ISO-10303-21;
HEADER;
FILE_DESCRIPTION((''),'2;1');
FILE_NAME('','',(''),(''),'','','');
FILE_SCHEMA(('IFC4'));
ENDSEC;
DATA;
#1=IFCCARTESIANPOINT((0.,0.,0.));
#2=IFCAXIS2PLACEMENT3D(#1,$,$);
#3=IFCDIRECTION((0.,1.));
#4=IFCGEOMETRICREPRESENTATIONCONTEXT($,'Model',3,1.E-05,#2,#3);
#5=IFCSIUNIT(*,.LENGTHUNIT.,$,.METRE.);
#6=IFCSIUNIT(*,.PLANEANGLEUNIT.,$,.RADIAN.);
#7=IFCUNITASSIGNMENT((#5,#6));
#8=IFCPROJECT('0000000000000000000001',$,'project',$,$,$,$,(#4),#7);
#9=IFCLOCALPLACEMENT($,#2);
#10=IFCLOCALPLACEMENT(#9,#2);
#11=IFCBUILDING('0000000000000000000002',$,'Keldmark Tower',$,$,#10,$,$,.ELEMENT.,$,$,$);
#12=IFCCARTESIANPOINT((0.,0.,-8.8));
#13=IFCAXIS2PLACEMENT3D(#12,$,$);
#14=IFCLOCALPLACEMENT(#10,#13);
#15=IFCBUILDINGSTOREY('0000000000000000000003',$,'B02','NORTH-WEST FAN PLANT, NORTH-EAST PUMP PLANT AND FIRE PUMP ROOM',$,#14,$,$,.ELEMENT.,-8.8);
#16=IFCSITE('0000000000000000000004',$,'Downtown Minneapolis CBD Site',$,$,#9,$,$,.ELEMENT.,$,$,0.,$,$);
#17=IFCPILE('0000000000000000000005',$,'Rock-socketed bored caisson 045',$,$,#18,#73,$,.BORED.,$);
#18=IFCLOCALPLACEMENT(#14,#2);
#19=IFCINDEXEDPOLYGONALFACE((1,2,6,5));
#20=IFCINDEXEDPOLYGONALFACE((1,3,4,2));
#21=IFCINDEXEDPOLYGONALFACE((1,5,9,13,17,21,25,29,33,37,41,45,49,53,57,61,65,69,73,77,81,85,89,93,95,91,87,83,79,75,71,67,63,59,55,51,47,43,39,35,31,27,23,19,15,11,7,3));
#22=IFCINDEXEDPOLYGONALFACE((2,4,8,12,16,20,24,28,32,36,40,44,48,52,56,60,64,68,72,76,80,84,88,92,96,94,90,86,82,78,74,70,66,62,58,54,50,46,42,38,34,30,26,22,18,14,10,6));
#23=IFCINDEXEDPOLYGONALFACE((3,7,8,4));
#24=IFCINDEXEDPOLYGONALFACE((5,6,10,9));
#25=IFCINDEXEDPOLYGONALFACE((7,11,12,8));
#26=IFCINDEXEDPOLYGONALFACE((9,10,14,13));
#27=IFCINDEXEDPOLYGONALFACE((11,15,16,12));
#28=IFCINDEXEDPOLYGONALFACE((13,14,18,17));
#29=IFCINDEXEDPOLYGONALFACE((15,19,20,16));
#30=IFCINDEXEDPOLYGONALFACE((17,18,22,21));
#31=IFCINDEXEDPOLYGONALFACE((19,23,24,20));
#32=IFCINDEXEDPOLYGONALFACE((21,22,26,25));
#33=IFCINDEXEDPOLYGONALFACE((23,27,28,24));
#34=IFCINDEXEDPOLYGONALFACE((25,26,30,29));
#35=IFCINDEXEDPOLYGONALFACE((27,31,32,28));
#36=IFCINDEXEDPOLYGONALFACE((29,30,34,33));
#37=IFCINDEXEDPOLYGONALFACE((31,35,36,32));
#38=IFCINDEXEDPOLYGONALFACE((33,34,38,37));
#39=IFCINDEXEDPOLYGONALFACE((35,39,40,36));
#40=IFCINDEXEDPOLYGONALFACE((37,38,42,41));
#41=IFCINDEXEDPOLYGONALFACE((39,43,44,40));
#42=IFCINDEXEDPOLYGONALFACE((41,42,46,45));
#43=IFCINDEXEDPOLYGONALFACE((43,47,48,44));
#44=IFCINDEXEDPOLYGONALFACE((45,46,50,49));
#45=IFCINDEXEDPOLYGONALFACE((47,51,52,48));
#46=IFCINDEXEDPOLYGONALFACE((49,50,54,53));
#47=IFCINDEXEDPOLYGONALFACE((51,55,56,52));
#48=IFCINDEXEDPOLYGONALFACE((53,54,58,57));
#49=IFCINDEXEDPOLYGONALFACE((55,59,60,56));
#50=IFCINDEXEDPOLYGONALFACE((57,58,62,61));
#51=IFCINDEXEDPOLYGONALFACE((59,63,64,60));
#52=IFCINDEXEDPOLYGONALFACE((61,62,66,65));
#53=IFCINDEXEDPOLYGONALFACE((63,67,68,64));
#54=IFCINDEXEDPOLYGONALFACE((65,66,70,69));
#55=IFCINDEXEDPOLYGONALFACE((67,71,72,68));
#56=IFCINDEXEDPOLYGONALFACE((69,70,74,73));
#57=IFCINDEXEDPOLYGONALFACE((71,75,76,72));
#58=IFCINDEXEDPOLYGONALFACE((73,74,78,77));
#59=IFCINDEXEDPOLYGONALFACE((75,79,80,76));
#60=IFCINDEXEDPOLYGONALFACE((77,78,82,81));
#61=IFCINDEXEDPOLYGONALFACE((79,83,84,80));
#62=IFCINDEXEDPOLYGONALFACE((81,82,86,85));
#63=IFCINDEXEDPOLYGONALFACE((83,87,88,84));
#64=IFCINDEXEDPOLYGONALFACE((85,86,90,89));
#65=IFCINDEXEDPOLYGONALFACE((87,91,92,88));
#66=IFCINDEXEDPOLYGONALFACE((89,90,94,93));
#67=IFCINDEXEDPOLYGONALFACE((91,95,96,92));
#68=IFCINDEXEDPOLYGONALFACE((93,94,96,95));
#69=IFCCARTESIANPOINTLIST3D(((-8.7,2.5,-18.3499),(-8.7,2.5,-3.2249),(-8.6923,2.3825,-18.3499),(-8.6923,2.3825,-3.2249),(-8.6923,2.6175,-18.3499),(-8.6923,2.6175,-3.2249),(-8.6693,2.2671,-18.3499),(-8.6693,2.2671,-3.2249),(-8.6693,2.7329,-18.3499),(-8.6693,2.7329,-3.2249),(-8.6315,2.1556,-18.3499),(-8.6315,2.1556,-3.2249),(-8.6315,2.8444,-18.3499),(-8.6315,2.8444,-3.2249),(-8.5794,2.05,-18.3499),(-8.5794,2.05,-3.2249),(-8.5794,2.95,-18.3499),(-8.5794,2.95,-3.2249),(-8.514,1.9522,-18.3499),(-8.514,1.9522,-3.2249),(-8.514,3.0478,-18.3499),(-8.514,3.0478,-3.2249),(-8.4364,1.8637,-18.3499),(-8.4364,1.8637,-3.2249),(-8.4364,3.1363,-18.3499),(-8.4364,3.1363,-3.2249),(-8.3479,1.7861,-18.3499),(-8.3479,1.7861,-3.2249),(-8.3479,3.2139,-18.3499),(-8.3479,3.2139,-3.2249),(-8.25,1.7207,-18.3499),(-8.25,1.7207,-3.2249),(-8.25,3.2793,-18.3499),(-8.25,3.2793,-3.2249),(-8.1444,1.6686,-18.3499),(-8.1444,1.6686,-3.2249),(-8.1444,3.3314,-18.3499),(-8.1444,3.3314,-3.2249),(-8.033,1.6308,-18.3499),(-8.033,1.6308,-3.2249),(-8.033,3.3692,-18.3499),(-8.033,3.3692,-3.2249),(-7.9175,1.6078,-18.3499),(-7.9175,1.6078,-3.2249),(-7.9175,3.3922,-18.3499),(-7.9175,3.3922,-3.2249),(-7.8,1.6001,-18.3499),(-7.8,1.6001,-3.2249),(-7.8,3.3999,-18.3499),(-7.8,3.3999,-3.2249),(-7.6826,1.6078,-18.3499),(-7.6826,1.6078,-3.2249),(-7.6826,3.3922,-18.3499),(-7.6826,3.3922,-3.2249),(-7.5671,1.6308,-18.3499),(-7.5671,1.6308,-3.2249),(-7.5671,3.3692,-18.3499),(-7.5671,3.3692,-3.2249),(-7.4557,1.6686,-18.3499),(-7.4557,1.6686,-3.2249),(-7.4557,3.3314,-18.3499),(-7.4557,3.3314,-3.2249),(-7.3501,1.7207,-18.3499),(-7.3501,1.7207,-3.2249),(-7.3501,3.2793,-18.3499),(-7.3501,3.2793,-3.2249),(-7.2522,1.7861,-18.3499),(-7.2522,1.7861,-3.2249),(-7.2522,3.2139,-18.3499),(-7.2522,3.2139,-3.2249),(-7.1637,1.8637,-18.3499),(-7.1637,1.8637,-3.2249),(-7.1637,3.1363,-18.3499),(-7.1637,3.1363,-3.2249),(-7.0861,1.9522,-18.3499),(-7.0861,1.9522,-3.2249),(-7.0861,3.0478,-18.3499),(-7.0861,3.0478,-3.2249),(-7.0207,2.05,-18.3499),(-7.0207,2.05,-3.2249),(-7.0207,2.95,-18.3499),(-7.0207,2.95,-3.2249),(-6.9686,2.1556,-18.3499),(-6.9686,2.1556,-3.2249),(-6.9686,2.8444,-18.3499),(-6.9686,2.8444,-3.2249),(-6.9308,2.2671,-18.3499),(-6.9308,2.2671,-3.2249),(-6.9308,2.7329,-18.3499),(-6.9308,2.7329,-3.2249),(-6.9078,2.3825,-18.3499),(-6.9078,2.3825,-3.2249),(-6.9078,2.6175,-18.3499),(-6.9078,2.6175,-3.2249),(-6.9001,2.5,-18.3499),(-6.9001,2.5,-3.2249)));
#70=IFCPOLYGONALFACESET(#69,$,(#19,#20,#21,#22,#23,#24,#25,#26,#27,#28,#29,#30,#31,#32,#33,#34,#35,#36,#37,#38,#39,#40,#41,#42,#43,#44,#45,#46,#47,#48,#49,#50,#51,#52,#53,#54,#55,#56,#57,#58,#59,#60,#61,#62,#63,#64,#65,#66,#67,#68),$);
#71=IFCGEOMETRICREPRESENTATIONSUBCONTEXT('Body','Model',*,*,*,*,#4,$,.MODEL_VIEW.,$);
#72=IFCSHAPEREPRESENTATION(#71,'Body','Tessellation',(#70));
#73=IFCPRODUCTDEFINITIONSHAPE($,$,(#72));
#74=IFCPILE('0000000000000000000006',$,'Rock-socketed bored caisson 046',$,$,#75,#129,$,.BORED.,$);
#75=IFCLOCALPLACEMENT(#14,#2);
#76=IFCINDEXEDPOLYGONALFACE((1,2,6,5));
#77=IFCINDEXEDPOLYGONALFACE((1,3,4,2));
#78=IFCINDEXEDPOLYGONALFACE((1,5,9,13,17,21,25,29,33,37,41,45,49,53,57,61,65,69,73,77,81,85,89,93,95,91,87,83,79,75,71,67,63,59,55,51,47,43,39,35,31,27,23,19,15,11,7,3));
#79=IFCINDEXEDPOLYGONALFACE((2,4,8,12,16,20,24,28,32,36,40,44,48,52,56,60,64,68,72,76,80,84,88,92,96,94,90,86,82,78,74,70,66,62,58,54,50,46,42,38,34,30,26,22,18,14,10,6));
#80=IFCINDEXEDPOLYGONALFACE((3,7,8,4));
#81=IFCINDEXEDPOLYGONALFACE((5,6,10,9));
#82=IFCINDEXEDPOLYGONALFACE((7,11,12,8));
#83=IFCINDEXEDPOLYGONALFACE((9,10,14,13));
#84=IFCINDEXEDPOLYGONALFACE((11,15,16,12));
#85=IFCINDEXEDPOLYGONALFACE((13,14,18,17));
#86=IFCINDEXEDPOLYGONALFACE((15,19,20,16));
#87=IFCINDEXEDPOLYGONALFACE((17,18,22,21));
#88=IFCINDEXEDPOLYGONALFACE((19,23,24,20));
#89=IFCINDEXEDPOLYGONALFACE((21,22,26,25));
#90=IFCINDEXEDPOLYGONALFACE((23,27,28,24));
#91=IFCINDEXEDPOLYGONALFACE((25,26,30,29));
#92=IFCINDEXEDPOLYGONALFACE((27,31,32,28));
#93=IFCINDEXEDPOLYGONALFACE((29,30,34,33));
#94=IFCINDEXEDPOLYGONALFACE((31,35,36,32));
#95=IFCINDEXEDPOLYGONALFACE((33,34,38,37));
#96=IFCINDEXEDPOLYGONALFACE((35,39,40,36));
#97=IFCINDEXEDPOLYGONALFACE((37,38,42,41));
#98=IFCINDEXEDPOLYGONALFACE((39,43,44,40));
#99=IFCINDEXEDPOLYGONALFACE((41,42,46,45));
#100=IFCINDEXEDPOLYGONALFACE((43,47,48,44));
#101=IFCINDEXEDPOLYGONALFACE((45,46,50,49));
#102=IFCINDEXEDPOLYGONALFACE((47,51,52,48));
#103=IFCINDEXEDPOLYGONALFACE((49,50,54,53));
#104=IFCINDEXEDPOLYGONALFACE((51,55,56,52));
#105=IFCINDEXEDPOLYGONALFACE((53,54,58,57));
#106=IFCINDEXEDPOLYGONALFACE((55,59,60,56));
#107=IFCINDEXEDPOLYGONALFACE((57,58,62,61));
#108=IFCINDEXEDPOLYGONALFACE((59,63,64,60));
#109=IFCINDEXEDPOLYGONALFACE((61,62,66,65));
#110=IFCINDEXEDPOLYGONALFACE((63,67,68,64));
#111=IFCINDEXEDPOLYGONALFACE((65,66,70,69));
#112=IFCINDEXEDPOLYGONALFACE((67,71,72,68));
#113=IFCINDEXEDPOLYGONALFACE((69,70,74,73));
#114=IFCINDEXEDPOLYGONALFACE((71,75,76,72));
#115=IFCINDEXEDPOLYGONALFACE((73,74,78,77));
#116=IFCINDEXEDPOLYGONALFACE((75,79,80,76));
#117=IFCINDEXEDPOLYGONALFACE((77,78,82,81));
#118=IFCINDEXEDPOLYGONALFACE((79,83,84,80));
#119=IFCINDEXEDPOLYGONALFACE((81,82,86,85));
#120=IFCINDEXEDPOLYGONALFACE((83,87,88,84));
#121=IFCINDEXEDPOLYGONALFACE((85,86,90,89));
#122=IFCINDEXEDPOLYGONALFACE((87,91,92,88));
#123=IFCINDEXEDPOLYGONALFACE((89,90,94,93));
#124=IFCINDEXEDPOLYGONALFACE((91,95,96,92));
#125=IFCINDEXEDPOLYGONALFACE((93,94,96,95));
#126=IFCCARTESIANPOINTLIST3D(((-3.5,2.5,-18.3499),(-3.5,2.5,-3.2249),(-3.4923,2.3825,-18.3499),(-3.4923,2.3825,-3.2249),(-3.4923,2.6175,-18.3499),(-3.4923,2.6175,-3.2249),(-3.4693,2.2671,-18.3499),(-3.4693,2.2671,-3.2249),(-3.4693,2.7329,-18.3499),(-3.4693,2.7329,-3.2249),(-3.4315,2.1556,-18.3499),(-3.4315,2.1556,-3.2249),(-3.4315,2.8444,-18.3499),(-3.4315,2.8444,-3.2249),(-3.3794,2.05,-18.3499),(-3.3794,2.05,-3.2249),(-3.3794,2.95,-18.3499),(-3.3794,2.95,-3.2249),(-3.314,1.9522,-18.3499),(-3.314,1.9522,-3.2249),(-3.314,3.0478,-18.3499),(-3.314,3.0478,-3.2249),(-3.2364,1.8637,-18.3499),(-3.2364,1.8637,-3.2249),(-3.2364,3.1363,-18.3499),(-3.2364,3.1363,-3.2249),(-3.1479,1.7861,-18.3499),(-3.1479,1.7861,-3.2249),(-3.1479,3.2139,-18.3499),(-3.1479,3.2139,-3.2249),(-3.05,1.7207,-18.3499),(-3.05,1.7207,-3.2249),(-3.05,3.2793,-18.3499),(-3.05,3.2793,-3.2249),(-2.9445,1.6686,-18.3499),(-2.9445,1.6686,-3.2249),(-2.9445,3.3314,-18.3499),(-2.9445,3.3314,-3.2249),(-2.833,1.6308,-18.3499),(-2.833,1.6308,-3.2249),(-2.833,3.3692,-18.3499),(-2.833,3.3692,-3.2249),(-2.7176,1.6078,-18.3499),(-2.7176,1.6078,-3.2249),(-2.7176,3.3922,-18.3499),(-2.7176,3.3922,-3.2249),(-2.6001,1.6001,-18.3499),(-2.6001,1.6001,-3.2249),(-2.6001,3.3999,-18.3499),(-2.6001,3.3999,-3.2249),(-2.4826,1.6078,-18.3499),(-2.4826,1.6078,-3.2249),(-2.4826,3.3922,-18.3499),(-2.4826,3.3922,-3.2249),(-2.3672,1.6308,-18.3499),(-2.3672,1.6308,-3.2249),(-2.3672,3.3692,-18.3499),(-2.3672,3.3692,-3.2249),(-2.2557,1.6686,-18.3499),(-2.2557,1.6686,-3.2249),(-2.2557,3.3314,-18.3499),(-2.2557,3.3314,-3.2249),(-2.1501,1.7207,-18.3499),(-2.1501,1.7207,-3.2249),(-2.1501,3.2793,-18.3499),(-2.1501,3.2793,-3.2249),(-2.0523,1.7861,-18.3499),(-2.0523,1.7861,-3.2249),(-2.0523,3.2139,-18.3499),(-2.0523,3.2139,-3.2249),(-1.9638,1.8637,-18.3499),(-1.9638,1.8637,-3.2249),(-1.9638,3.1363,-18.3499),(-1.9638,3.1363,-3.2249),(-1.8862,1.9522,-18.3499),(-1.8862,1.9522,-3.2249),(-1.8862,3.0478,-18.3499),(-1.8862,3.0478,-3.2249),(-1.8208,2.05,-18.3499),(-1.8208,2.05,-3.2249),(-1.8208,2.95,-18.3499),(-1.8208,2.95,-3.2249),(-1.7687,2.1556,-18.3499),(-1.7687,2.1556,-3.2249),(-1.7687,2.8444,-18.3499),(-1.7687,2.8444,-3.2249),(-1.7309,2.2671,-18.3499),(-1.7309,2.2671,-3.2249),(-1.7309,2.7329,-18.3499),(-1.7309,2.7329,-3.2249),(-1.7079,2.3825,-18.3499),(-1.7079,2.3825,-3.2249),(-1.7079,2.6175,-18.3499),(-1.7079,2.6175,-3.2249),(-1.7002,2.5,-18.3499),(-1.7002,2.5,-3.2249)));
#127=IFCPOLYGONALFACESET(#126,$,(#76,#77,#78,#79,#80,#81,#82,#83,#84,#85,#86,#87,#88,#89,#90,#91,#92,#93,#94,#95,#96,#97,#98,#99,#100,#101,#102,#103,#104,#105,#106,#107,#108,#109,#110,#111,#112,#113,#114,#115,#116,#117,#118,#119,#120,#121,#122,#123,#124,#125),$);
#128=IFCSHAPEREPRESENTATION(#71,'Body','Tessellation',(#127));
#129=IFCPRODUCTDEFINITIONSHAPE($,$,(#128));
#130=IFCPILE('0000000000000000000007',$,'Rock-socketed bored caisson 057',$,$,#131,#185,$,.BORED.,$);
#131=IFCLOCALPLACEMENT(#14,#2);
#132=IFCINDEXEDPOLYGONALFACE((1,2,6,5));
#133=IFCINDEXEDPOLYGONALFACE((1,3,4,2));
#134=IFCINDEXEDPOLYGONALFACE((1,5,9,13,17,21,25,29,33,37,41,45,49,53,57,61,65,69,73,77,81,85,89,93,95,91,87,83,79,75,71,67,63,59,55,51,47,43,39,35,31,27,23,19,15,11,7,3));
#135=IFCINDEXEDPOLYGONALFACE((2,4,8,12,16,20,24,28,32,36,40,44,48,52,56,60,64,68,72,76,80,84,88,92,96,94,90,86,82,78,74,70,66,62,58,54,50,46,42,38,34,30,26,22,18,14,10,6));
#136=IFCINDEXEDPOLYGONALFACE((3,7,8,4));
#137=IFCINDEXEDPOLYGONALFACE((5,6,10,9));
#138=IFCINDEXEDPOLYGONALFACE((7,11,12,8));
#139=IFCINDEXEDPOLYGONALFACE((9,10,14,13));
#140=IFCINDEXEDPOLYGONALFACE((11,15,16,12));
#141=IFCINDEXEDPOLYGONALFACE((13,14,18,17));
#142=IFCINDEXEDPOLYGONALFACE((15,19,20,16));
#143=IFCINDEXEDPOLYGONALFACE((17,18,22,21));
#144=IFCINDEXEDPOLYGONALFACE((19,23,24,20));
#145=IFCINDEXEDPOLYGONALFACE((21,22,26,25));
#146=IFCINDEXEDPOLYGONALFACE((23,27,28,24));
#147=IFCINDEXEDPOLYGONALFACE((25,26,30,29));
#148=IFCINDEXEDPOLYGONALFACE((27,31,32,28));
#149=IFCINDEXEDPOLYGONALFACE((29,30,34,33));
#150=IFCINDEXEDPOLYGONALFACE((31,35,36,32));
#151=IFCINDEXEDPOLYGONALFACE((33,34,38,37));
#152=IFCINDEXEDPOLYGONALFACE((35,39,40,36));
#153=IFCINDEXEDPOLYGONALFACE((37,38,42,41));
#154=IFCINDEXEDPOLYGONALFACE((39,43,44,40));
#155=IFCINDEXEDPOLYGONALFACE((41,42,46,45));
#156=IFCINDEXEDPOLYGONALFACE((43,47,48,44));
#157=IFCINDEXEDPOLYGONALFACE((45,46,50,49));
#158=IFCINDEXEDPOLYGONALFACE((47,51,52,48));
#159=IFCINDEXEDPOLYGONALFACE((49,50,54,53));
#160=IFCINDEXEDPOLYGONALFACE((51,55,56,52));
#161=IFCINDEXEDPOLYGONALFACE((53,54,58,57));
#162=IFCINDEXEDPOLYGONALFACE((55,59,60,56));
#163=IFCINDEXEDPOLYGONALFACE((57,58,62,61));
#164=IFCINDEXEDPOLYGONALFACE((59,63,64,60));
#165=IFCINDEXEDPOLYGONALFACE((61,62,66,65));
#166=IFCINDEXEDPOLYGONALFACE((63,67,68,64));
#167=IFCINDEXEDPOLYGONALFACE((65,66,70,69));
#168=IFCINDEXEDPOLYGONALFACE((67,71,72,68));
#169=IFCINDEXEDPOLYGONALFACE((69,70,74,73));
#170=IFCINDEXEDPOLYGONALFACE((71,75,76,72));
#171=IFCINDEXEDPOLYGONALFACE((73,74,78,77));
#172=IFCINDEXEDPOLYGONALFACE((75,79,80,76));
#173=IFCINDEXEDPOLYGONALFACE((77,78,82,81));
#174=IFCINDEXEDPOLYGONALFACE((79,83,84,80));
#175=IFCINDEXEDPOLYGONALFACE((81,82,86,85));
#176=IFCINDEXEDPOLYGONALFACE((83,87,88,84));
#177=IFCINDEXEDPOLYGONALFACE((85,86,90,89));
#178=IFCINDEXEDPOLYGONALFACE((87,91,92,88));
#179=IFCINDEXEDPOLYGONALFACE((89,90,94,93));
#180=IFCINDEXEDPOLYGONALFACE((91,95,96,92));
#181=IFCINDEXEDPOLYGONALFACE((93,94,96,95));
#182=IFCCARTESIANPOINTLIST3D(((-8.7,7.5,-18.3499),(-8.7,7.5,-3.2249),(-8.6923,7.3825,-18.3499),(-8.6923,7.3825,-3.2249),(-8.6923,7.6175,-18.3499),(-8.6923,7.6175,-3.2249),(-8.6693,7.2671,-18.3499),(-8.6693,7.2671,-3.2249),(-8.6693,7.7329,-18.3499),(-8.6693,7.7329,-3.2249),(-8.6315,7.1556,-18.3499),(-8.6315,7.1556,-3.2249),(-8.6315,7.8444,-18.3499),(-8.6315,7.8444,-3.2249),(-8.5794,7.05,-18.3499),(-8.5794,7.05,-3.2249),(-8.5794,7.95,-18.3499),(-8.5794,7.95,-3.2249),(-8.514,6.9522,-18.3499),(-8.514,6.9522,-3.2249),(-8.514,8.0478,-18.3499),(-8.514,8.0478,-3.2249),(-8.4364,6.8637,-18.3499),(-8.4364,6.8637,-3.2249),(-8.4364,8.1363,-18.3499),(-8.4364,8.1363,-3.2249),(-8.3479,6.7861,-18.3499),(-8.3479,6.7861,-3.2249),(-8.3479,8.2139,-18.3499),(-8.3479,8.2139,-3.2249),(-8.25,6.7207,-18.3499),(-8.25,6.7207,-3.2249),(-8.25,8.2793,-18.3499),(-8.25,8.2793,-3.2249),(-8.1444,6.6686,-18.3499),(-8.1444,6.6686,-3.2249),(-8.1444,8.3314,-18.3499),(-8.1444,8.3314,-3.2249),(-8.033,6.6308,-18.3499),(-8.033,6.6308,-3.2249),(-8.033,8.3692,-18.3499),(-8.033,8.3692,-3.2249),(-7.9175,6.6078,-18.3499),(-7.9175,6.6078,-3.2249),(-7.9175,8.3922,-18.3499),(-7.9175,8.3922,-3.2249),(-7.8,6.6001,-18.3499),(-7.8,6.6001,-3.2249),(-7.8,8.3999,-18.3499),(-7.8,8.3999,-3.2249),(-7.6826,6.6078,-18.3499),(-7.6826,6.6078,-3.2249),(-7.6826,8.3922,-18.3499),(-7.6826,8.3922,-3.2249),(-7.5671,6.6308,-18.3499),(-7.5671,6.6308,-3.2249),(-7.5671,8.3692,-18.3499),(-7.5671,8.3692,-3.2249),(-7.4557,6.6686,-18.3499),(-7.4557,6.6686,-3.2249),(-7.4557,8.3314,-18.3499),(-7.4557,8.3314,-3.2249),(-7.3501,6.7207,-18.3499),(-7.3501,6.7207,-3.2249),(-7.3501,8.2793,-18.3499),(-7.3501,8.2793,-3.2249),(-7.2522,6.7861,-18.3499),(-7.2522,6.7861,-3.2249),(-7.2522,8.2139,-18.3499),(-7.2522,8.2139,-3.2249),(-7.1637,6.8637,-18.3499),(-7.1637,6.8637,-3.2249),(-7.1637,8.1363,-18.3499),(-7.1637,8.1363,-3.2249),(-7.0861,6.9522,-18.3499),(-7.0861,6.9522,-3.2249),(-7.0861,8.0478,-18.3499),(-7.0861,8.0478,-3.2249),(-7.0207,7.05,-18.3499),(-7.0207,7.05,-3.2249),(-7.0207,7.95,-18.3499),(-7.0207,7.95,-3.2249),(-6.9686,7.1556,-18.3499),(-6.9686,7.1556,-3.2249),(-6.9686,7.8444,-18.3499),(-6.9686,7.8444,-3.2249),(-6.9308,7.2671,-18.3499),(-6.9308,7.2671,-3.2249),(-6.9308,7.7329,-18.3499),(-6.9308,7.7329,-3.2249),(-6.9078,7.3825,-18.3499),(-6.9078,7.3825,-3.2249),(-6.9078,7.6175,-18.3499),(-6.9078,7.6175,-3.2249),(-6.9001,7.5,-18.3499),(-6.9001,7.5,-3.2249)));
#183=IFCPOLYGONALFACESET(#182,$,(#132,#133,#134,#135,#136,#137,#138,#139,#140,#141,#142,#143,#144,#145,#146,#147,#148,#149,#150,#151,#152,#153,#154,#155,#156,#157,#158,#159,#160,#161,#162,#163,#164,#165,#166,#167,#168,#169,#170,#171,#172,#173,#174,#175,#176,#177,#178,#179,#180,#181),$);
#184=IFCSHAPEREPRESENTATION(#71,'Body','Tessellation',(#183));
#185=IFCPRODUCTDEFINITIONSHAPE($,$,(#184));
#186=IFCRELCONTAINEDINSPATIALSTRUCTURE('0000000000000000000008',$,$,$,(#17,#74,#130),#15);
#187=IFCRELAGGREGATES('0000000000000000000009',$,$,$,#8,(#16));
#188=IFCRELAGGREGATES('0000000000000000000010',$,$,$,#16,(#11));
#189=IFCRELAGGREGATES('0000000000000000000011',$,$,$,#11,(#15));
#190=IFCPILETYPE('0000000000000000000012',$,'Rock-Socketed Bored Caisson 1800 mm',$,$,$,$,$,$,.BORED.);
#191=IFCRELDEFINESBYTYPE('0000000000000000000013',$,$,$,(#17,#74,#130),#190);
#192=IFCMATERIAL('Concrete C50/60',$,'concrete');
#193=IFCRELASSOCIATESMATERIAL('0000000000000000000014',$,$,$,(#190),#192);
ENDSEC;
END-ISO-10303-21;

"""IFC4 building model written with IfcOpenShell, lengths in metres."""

from ifc_helpers import new_model, si_unit, direction, frame, origin, origin_2d, place, context, subcontext, project, spatial, circle, extrude, material, material_profile, profile_set, type_object, element, save


model = new_model("IFC4")

# Units and contexts
model_context = context("Model", 3, precision=1e-05, world=origin(), true_north=direction((0.0, 1.0)))
body_context = subcontext(model_context, "Body", "Model", "MODEL_VIEW")
ifc_project = project(units=[si_unit("LENGTHUNIT", "METRE"), si_unit("PLANEANGLEUNIT", "RADIAN")], contexts=[model_context])

# Site, building, storey
site_placement = place(None, origin())
site = spatial("IfcSite", under=ifc_project, at=site_placement, Name="Downtown Minneapolis CBD Site", CompositionType="ELEMENT", RefElevation=0.0)
building_placement = place(site_placement, origin())
building = spatial("IfcBuilding", under=site, at=building_placement, Name="Keldmark Tower", CompositionType="ELEMENT")
storey_placement = place(building_placement, frame((0.0, 0.0, -8.8)))
storey = spatial("IfcBuildingStorey", under=building, at=storey_placement, Name="B02", Description="NORTH-WEST FAN PLANT, NORTH-EAST PUMP PLANT AND FIRE PUMP ROOM", CompositionType="ELEMENT", Elevation=-8.8)

# Piles
ifc_material_1 = material(Name="Concrete C50/60", Category="concrete")
ifc_material_profile_1 = material_profile(ifc_material_1, circle(Radius=0.8999, at=origin_2d()), Name="CAISSON1800")
ifc_profile_set_1 = profile_set([ifc_material_profile_1], Name="Concrete C50/60")
pile_type = type_object("IfcPileType", Name="Rock-Socketed Bored Caisson 1800 mm", PredefinedType="BORED", material=ifc_profile_set_1)
for number, where, z_axis, x_axis, name in (
    (1, (-7.8, 2.5, -3.2249), (0.0, 0.0, -1.0), (1.0, 0.0, 0.0), "Rock-socketed bored caisson 045"),
    (2, (-2.6001, 2.5, -3.2249), (0.0, 0.0, -1.0), (1.0, 0.0, 0.0), "Rock-socketed bored caisson 046"),
    (3, (-7.8, 7.5, -3.2249), (0.0, 0.0, -1.0), (1.0, 0.0, 0.0), "Rock-socketed bored caisson 057"),
):
    element("IfcPile", number, at=place(storey_placement, frame(where, z_axis=z_axis, x_axis=x_axis)), inside=storey, type_object=pile_type, Name=name, PredefinedType="BORED", context=body_context, shape_type="SweptSolid", body=[
        extrude(circle(Radius=0.8999, at=origin_2d()), origin(), (0.0, 0.0, 1.0), 15.125),
    ])

save(model, "model.ifc")
